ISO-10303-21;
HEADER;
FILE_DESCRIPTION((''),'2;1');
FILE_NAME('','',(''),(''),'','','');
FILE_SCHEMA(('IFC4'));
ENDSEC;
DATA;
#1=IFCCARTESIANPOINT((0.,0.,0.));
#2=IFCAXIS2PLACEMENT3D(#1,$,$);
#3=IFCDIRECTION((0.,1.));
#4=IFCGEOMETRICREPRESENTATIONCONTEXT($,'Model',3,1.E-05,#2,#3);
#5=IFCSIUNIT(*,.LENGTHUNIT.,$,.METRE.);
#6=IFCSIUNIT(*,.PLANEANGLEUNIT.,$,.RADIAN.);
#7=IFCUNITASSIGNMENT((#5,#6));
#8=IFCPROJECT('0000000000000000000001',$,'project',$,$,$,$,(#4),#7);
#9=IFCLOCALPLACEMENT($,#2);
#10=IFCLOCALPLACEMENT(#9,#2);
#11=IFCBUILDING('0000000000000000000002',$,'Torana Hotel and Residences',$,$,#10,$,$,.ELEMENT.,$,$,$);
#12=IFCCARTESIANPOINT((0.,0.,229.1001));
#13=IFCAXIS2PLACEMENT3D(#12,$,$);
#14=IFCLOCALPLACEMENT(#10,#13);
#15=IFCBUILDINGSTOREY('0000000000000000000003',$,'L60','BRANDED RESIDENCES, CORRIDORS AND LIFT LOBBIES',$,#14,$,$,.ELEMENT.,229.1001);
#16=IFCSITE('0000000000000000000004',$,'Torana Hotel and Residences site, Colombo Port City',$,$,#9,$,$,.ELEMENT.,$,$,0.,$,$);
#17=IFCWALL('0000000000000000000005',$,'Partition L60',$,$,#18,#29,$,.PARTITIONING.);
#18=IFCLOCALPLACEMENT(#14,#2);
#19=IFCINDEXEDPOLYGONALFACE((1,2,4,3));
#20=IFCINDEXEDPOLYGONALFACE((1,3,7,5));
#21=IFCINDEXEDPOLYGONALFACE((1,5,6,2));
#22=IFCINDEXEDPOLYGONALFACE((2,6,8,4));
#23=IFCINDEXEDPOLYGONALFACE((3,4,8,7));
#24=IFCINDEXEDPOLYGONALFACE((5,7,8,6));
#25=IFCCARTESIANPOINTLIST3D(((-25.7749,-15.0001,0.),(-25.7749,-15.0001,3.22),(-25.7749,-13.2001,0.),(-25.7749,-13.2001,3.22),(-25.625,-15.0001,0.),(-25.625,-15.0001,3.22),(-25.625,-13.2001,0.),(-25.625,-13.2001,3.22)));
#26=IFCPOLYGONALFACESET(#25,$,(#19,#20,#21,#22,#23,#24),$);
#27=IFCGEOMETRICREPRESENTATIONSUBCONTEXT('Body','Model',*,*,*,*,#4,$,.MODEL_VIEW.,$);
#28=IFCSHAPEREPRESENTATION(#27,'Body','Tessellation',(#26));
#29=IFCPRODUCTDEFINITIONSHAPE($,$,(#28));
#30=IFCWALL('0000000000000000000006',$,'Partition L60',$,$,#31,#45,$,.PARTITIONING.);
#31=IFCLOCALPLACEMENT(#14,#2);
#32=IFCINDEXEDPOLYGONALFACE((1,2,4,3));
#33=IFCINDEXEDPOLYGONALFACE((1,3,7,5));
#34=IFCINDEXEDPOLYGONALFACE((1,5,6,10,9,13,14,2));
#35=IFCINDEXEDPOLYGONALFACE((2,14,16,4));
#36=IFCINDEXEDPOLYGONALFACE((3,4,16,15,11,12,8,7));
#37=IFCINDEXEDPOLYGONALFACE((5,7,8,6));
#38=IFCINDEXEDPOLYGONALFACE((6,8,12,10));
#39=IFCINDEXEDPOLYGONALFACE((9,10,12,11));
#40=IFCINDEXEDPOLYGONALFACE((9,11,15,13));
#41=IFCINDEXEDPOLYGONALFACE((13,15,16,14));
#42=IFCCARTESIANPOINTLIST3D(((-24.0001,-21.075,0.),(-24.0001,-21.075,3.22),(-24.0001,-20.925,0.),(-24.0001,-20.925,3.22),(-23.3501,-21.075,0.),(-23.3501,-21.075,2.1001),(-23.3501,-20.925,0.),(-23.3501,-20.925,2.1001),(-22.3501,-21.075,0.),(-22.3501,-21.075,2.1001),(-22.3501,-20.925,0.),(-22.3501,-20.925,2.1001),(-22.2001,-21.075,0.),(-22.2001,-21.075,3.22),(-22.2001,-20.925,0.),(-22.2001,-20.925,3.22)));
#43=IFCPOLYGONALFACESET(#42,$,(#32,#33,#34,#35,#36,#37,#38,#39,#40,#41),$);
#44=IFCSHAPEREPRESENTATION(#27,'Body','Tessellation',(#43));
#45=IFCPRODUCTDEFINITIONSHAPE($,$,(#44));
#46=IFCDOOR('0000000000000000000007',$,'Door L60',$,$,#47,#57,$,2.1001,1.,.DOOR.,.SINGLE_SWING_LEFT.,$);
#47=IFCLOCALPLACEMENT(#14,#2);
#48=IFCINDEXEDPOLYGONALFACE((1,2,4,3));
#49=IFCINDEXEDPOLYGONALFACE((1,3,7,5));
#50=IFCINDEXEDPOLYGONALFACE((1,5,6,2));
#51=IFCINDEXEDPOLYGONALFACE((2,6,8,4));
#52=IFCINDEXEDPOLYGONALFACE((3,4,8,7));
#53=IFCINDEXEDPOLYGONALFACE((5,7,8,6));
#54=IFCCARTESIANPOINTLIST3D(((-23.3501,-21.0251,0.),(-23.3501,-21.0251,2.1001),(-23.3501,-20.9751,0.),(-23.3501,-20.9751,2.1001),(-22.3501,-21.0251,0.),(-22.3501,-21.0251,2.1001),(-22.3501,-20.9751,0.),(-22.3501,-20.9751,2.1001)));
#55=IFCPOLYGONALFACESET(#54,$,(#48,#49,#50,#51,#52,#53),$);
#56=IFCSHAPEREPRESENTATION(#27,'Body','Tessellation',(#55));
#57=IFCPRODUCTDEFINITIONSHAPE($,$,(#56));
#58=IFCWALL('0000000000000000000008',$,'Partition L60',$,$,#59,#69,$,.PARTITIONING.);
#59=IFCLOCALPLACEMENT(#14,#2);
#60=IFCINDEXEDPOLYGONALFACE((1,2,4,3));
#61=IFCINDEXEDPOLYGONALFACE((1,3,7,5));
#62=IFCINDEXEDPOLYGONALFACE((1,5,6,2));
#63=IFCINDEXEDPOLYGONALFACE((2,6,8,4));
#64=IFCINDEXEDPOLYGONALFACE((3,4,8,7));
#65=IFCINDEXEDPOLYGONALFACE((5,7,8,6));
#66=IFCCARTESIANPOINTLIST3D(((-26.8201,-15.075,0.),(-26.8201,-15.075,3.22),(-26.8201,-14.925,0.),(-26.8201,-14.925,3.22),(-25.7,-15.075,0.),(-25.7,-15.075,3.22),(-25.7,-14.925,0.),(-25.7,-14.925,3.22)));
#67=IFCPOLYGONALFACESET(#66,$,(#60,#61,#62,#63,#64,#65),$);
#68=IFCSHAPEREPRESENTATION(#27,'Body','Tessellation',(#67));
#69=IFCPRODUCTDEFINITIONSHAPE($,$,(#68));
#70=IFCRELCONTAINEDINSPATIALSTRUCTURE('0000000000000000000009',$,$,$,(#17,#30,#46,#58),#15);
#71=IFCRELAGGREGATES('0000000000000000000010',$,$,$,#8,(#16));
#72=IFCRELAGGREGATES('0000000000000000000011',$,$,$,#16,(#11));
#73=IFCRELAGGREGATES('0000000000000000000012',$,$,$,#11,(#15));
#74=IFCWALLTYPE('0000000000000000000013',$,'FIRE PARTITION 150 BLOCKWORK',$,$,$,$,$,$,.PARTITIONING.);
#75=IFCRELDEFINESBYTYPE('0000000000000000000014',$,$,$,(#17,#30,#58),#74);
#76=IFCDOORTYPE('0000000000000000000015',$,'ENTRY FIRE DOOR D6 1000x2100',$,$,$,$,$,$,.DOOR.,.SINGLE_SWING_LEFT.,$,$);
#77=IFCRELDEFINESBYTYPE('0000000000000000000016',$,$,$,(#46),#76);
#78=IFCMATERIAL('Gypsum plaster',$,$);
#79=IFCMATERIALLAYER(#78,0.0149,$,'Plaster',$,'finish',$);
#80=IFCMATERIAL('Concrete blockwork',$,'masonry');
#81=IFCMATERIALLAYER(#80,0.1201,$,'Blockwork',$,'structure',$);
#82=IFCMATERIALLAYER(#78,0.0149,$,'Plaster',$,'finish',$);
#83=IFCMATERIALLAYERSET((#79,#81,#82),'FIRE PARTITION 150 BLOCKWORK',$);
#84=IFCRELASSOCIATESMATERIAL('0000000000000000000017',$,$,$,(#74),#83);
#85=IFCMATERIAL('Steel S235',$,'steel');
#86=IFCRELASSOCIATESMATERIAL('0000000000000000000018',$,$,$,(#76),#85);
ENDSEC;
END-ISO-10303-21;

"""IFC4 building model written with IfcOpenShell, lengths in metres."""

from ifc_helpers import new_model, si_unit, direction, frame, frame_2d, origin, place, context, subcontext, project, spatial, rectangle, extrude, material, layer, layer_set, type_object, element, fill, save


model = new_model("IFC4")

# Units and contexts
model_context = context("Model", 3, precision=1e-05, world=origin(), true_north=direction((0.0, 1.0)))
body_context = subcontext(model_context, "Body", "Model", "MODEL_VIEW")
ifc_project = project(units=[si_unit("LENGTHUNIT", "METRE"), si_unit("PLANEANGLEUNIT", "RADIAN")], contexts=[model_context])

# Site, building, storey
site_placement = place(None, origin())
site = spatial("IfcSite", under=ifc_project, at=site_placement, Name="Torana Hotel and Residences site, Colombo Port City", CompositionType="ELEMENT", RefElevation=0.0)
building_placement = place(site_placement, origin())
building = spatial("IfcBuilding", under=site, at=building_placement, Name="Torana Hotel and Residences", CompositionType="ELEMENT")
storey_placement = place(building_placement, frame((0.0, 0.0, 229.1001)))
storey = spatial("IfcBuildingStorey", under=building, at=storey_placement, Name="L60", Description="BRANDED RESIDENCES, CORRIDORS AND LIFT LOBBIES", CompositionType="ELEMENT", Elevation=229.1001)

# Shared definitions
ifc_material_1 = material(Name="Gypsum plaster")
ifc_layer_1 = layer(ifc_material_1, 0.0149, Name="Plaster", Category="finish")
ifc_material_2 = material(Name="Concrete blockwork", Category="masonry")
ifc_layer_2 = layer(ifc_material_2, 0.1201, Name="Blockwork", Category="structure")
ifc_layer_3 = layer(ifc_material_1, 0.0149, Name="Plaster", Category="finish")
ifc_layer_set_1 = layer_set([ifc_layer_1, ifc_layer_2, ifc_layer_3], Name="FIRE PARTITION 150 BLOCKWORK")
wall_type_1 = type_object("IfcWallType", Name="FIRE PARTITION 150 BLOCKWORK", PredefinedType="PARTITIONING", material=ifc_layer_set_1)

# Shared definitions
ifc_material_3 = material(Name="Steel S235", Category="steel")
door_type_1 = type_object("IfcDoorType", Name="ENTRY FIRE DOOR D6 1000x2100", OperationType="SINGLE_SWING_LEFT", PredefinedType="DOOR", material=ifc_material_3)

# Wall
wall_1_placement = place(storey_placement, frame((-25.7, -15.0, 0.0), z_axis=(0.0, 0.0, 1.0), x_axis=(0.0, 1.0, 0.0)))
element("IfcWall", 1, at=wall_1_placement, inside=storey, type_object=wall_type_1, Name="Partition L60", PredefinedType="PARTITIONING", context=body_context, shape_type="SweptSolid", body=[
    extrude(rectangle(XDim=1.8, YDim=0.1499, at=frame_2d((0.8999, 0.0))), origin(), (0.0, 0.0, 1.0), 3.22),
])

# Wall, opening, door
wall_2_placement = place(storey_placement, frame((-24.0, -21.0, 0.0), z_axis=(0.0, 0.0, 1.0), x_axis=(1.0, 0.0, 0.0)))
wall_2 = element("IfcWall", 2, at=wall_2_placement, inside=storey, type_object=wall_type_1, Name="Partition L60", PredefinedType="PARTITIONING", context=body_context, shape_type="SweptSolid", body=[
    extrude(rectangle(XDim=1.8, YDim=0.1499, at=frame_2d((0.8999, 0.0))), origin(), (0.0, 0.0, 1.0), 3.22),
])
opening_1_placement = place(wall_2_placement, frame((0.6499, 0.0, 0.0)))
opening_1 = element("IfcOpeningElement", 3, at=opening_1_placement, cuts=wall_2, PredefinedType="OPENING", context=body_context, shape_type="SweptSolid", body=[
    extrude(rectangle(XDim=1.0, YDim=2.1001, at=frame_2d((0.5, 1.05))), frame((0.0, 0.085, 0.0), z_axis=(0.0, -1.0, 0.0), x_axis=(1.0, 0.0, 0.0)), (0.0, 0.0, 1.0), 0.1699),
])
door_1_placement = place(opening_1_placement, frame((0.5, 0.0, 0.0), z_axis=(0.0, 0.0, 1.0), x_axis=(-1.0, 0.0, 0.0)))
door_1 = element("IfcDoor", 4, at=door_1_placement, inside=storey, type_object=door_type_1, Name="Door L60", OperationType="SINGLE_SWING_LEFT", OverallHeight=2.1001, OverallWidth=1.0, PredefinedType="DOOR", context=body_context, shape_type="SweptSolid", body=[
    extrude(rectangle(XDim=1.0, YDim=2.1001, at=frame_2d((0.0, 1.05))), frame((0.0, -0.0249, 0.0), z_axis=(0.0, 1.0, 0.0), x_axis=(-1.0, 0.0, 0.0)), (0.0, 0.0, 1.0), 0.05),
])
fill(opening_1, door_1)

# Wall
wall_3_placement = place(storey_placement, frame((-26.8201, -15.0, 0.0), z_axis=(0.0, 0.0, 1.0), x_axis=(1.0, 0.0, 0.0)))
element("IfcWall", 5, at=wall_3_placement, inside=storey, type_object=wall_type_1, Name="Partition L60", PredefinedType="PARTITIONING", context=body_context, shape_type="SweptSolid", body=[
    extrude(rectangle(XDim=1.1201, YDim=0.1499, at=frame_2d((0.5601, 0.0))), origin(), (0.0, 0.0, 1.0), 3.22),
])

save(model, "model.ifc")
